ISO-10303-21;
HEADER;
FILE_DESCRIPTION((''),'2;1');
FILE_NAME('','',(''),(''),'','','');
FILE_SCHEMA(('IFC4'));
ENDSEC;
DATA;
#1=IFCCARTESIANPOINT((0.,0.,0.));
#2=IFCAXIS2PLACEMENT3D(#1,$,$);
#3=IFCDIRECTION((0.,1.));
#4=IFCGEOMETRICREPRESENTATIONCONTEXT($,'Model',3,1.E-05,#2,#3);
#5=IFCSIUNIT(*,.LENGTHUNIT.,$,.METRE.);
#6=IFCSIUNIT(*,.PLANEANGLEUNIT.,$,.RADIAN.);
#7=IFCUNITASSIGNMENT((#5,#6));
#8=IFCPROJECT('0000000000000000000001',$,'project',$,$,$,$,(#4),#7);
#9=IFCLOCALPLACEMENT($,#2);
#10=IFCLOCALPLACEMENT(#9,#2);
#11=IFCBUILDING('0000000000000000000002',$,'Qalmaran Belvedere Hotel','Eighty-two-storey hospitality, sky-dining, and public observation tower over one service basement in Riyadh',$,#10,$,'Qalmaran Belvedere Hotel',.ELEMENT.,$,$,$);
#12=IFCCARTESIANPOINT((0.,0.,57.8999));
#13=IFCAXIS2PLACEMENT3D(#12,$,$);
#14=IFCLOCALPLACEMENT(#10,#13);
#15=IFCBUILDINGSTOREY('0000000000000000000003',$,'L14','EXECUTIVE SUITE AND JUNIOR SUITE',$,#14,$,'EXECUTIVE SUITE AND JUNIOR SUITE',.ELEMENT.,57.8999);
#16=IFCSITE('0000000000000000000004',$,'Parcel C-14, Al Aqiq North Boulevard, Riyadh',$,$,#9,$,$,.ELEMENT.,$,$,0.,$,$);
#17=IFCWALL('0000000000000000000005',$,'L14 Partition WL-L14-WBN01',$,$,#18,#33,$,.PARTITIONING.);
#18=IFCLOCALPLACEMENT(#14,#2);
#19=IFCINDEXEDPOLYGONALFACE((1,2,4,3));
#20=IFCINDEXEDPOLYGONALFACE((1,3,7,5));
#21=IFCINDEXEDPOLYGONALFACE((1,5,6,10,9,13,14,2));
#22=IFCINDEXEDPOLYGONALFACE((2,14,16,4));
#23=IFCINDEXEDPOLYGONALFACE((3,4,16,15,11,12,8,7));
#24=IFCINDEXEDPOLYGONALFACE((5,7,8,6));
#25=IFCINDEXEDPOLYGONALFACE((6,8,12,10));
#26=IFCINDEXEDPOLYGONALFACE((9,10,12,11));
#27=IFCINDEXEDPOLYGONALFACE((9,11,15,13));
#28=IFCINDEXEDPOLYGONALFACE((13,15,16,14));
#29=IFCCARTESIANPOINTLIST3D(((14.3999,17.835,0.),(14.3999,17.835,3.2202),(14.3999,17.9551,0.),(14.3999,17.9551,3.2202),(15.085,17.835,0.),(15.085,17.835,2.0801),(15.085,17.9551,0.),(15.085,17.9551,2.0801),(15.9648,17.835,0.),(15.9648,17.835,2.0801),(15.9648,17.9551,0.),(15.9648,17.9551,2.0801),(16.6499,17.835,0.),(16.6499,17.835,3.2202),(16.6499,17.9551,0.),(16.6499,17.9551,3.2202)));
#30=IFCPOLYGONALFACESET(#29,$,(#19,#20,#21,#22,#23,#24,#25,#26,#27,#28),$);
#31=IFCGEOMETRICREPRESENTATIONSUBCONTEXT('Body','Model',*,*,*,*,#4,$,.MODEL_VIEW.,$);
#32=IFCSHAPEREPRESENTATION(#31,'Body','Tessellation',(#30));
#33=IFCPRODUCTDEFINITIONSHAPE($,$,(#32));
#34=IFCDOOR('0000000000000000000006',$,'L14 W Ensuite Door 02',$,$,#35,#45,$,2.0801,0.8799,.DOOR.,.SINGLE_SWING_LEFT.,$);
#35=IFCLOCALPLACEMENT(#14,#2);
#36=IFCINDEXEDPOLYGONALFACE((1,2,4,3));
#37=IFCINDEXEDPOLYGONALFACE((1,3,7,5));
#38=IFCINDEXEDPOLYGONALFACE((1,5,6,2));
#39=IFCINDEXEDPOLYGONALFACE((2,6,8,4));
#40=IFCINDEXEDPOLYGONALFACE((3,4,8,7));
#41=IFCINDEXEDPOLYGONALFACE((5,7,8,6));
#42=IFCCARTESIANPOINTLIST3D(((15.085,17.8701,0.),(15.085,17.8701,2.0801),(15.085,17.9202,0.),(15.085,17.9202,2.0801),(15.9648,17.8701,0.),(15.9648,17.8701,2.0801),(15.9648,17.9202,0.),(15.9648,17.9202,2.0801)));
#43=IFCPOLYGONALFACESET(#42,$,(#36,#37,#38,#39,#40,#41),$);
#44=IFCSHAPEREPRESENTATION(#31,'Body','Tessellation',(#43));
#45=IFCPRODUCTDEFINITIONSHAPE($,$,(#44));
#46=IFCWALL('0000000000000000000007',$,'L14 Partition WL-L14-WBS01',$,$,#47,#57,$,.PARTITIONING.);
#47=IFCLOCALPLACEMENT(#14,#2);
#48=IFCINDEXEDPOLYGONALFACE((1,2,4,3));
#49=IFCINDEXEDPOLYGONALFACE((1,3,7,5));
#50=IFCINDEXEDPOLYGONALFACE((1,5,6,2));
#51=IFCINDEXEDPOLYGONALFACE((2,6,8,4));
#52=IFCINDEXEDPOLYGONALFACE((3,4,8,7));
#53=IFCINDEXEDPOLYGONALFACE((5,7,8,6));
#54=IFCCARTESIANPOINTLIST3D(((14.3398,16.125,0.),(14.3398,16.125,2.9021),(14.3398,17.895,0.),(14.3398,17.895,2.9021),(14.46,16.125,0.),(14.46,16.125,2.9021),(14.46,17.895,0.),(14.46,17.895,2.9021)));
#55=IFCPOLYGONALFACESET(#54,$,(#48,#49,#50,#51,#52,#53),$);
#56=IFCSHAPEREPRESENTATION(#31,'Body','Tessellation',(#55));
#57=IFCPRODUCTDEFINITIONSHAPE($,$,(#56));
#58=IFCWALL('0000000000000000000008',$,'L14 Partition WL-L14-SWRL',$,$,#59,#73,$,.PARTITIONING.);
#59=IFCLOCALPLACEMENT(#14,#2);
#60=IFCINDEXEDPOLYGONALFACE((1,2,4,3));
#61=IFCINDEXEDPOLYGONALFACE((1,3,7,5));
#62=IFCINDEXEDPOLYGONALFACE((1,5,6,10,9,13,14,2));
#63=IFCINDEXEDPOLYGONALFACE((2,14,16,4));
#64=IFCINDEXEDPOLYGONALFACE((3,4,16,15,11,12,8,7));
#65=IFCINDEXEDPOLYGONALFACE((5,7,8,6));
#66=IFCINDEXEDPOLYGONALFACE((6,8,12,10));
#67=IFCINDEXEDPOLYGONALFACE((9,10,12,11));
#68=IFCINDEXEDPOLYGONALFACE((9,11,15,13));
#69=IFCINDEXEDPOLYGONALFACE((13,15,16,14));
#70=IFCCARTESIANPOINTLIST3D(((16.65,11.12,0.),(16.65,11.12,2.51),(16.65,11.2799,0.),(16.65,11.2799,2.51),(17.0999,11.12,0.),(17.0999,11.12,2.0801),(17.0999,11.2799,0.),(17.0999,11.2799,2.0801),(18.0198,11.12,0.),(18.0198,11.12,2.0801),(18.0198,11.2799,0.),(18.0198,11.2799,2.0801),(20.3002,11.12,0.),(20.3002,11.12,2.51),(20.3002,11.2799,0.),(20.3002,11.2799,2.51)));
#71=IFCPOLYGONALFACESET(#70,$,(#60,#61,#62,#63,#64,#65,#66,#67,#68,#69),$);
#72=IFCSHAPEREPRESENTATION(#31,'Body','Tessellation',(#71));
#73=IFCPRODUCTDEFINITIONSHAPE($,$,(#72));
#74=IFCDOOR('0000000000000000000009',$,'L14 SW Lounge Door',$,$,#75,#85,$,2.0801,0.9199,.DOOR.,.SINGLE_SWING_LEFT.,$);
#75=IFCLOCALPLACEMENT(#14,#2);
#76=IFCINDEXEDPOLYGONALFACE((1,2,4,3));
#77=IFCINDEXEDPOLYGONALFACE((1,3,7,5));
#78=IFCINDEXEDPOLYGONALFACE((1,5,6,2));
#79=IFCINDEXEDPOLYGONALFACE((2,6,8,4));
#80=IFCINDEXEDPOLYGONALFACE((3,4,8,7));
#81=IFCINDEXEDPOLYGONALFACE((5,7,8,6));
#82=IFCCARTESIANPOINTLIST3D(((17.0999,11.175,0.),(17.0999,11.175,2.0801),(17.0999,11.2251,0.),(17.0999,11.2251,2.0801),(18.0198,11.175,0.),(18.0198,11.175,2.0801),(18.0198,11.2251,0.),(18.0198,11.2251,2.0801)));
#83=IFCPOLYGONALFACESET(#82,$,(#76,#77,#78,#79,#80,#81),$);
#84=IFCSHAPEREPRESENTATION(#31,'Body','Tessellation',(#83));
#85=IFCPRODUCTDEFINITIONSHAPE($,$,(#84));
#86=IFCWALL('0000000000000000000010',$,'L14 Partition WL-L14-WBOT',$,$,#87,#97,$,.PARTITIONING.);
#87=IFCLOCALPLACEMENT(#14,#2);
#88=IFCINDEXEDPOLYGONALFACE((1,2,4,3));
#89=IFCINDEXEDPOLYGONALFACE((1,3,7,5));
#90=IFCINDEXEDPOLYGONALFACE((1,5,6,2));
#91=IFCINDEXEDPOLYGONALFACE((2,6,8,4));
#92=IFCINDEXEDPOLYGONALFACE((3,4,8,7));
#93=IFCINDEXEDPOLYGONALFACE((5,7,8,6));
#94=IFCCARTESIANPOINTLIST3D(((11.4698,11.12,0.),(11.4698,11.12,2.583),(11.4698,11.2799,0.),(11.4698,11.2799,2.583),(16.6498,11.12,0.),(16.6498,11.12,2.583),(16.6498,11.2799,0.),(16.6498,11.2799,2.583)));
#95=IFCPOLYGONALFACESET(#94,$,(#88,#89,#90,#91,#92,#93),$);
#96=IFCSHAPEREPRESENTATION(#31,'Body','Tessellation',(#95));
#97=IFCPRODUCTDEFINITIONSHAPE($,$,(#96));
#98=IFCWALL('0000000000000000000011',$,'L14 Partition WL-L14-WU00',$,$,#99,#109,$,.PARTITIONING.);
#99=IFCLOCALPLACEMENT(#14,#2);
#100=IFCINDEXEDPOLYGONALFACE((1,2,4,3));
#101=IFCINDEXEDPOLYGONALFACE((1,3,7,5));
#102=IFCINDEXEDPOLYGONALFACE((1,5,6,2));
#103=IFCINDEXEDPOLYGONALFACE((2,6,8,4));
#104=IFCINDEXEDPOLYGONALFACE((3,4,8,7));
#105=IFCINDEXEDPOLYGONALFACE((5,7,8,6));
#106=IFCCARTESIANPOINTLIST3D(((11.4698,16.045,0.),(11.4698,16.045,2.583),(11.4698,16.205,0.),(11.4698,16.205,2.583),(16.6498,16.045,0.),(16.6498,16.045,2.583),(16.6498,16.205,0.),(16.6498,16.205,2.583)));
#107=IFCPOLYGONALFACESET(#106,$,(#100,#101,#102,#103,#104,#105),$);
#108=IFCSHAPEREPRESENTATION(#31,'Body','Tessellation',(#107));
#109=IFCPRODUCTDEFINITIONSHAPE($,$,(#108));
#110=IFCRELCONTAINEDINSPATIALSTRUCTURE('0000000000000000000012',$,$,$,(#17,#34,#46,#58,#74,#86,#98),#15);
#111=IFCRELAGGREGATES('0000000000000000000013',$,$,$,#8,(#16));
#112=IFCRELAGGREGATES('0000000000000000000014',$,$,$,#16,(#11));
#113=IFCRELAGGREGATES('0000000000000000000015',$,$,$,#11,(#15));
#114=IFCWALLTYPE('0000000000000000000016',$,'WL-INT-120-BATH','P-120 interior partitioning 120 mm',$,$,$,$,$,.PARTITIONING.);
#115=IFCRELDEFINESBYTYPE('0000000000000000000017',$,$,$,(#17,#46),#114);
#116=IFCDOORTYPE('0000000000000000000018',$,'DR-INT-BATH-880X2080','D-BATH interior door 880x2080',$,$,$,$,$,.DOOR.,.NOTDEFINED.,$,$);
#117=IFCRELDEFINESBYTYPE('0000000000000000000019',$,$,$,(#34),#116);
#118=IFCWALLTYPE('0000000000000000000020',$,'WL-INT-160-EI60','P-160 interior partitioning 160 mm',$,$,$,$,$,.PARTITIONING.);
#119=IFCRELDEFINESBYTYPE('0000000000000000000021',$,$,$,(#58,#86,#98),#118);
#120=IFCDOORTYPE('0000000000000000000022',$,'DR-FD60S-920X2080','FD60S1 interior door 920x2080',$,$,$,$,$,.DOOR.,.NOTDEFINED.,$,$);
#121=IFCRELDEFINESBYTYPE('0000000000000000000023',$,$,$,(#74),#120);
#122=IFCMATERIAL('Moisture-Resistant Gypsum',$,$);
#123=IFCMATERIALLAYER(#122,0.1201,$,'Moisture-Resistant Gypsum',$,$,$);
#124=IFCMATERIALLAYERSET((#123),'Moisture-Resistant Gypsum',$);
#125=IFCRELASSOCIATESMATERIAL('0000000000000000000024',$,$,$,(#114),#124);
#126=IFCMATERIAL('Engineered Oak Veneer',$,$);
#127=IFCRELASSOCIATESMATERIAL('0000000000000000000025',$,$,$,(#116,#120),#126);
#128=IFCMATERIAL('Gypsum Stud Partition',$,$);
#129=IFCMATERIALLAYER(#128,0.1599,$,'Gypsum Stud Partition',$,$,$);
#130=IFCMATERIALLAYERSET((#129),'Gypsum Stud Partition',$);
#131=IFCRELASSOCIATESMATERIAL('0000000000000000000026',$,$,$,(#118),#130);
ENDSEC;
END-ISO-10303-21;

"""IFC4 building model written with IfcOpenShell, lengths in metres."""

from ifc_helpers import new_model, si_unit, direction, frame, frame_2d, origin, place, context, subcontext, project, spatial, rectangle, extrude, material, layer, layer_set, type_object, element, fill, save


model = new_model("IFC4")

# Units and contexts
model_context = context("Model", 3, precision=1e-05, world=origin(), true_north=direction((0.0, 1.0)))
body_context = subcontext(model_context, "Body", "Model", "MODEL_VIEW")
ifc_project = project(units=[si_unit("LENGTHUNIT", "METRE"), si_unit("PLANEANGLEUNIT", "RADIAN")], contexts=[model_context])

# Site, building, storey
site_placement = place(None, origin())
site = spatial("IfcSite", under=ifc_project, at=site_placement, Name="Parcel C-14, Al Aqiq North Boulevard, Riyadh", CompositionType="ELEMENT", RefElevation=0.0)
building_placement = place(site_placement, origin())
building = spatial("IfcBuilding", under=site, at=building_placement, Name="Qalmaran Belvedere Hotel", Description="Eighty-two-storey hospitality, sky-dining, and public observation tower over one service basement in Riyadh", LongName="Qalmaran Belvedere Hotel", CompositionType="ELEMENT")
storey_placement = place(building_placement, frame((0.0, 0.0, 57.8999)))
storey = spatial("IfcBuildingStorey", under=building, at=storey_placement, Name="L14", Description="EXECUTIVE SUITE AND JUNIOR SUITE", LongName="EXECUTIVE SUITE AND JUNIOR SUITE", CompositionType="ELEMENT", Elevation=57.8999)

# Shared definitions
ifc_material_1 = material(Name="Moisture-Resistant Gypsum")
ifc_layer_1 = layer(ifc_material_1, 0.1201, Name="Moisture-Resistant Gypsum")
ifc_layer_set_1 = layer_set([ifc_layer_1], Name="Moisture-Resistant Gypsum")
wall_type_1 = type_object("IfcWallType", Name="WL-INT-120-BATH", Description="P-120 interior partitioning 120 mm", PredefinedType="PARTITIONING", material=ifc_layer_set_1)
ifc_material_2 = material(Name="Engineered Oak Veneer")
door_type_1 = type_object("IfcDoorType", Name="DR-INT-BATH-880X2080", Description="D-BATH interior door 880x2080", OperationType="NOTDEFINED", PredefinedType="DOOR", material=ifc_material_2)

# Wall, opening, door
wall_1_placement = place(storey_placement, frame((14.3999, 17.895, 0.0), z_axis=(0.0, 0.0, 1.0), x_axis=(1.0, 0.0, 0.0)))
wall_1 = element("IfcWall", 1, at=wall_1_placement, inside=storey, type_object=wall_type_1, Name="L14 Partition WL-L14-WBN01", PredefinedType="PARTITIONING", context=body_context, shape_type="SweptSolid", body=[
    extrude(rectangle(XDim=2.25, YDim=0.1201, at=frame_2d((1.125, 0.0))), origin(), (0.0, 0.0, 1.0), 3.2202),
])
opening_1_placement = place(wall_1_placement, frame((1.5649, 0.0, 0.0), z_axis=(0.0, 0.0, 1.0), x_axis=(-1.0, 0.0, 0.0)))
opening_1 = element("IfcOpeningElement", 2, at=opening_1_placement, cuts=wall_1, PredefinedType="OPENING", context=body_context, shape_type="SweptSolid", body=[
    extrude(rectangle(XDim=0.8799, YDim=2.0801, at=frame_2d((0.4399, 1.04))), frame((0.0, 0.0701, 0.0), z_axis=(0.0, -1.0, 0.0), x_axis=(1.0, 0.0, 0.0)), (0.0, 0.0, 1.0), 0.1401),
])
door_1_placement = place(opening_1_placement, origin())
door_1 = element("IfcDoor", 3, at=door_1_placement, inside=storey, type_object=door_type_1, Name="L14 W Ensuite Door 02", OperationType="SINGLE_SWING_LEFT", OverallHeight=2.0801, OverallWidth=0.8799, PredefinedType="DOOR", context=body_context, shape_type="SweptSolid", body=[
    extrude(rectangle(XDim=0.8799, YDim=2.0801, at=frame_2d((0.4399, 1.04))), frame((0.0, 0.0249, 0.0), z_axis=(0.0, -1.0, 0.0), x_axis=(1.0, 0.0, 0.0)), (0.0, 0.0, 1.0), 0.05),
])
fill(opening_1, door_1)

# Wall
wall_2_placement = place(storey_placement, frame((14.3999, 16.125, 0.0), z_axis=(0.0, 0.0, 1.0), x_axis=(0.0, 1.0, 0.0)))
element("IfcWall", 4, at=wall_2_placement, inside=storey, type_object=wall_type_1, Name="L14 Partition WL-L14-WBS01", PredefinedType="PARTITIONING", context=body_context, shape_type="SweptSolid", body=[
    extrude(rectangle(XDim=1.77, YDim=0.1201, at=frame_2d((0.885, 0.0))), origin(), (0.0, 0.0, 1.0), 2.9021),
])

# Wall, opening, door
ifc_material_3 = material(Name="Gypsum Stud Partition")
ifc_layer_2 = layer(ifc_material_3, 0.1599, Name="Gypsum Stud Partition")
ifc_layer_set_2 = layer_set([ifc_layer_2], Name="Gypsum Stud Partition")
wall_type_2 = type_object("IfcWallType", Name="WL-INT-160-EI60", Description="P-160 interior partitioning 160 mm", PredefinedType="PARTITIONING", material=ifc_layer_set_2)
wall_3_placement = place(storey_placement, frame((16.6499, 11.2, 0.0), z_axis=(0.0, 0.0, 1.0), x_axis=(1.0, 0.0, 0.0)))
wall_3 = element("IfcWall", 5, at=wall_3_placement, inside=storey, type_object=wall_type_2, Name="L14 Partition WL-L14-SWRL", PredefinedType="PARTITIONING", context=body_context, shape_type="SweptSolid", body=[
    extrude(rectangle(XDim=3.6501, YDim=0.1599, at=frame_2d((1.8252, 0.0))), origin(), (0.0, 0.0, 1.0), 2.51),
])
opening_2_placement = place(wall_3_placement, frame((1.3699, 0.0, 0.0), z_axis=(0.0, 0.0, 1.0), x_axis=(-1.0, 0.0, 0.0)))
opening_2 = element("IfcOpeningElement", 6, at=opening_2_placement, cuts=wall_3, PredefinedType="OPENING", context=body_context, shape_type="SweptSolid", body=[
    extrude(rectangle(XDim=0.9199, YDim=2.0801, at=frame_2d((0.46, 1.04))), frame((0.0, 0.0898, 0.0), z_axis=(0.0, -1.0, 0.0), x_axis=(1.0, 0.0, 0.0)), (0.0, 0.0, 1.0), 0.1799),
])
door_type_2 = type_object("IfcDoorType", Name="DR-FD60S-920X2080", Description="FD60S1 interior door 920x2080", OperationType="NOTDEFINED", PredefinedType="DOOR", material=ifc_material_2)
door_2_placement = place(opening_2_placement, origin())
door_2 = element("IfcDoor", 7, at=door_2_placement, inside=storey, type_object=door_type_2, Name="L14 SW Lounge Door", OperationType="SINGLE_SWING_LEFT", OverallHeight=2.0801, OverallWidth=0.9199, PredefinedType="DOOR", context=body_context, shape_type="SweptSolid", body=[
    extrude(rectangle(XDim=0.9199, YDim=2.0801, at=frame_2d((0.46, 1.04))), frame((0.0, 0.0249, 0.0), z_axis=(0.0, -1.0, 0.0), x_axis=(1.0, 0.0, 0.0)), (0.0, 0.0, 1.0), 0.05),
])
fill(opening_2, door_2)

# Walls
for number, where, z_axis, x_axis, name in (
    (8, (11.47, 11.2, 0.0), (0.0, 0.0, 1.0), (1.0, 0.0, 0.0), "L14 Partition WL-L14-WBOT"),
    (9, (11.47, 16.125, 0.0), (0.0, 0.0, 1.0), (1.0, 0.0, 0.0), "L14 Partition WL-L14-WU00"),
):
    element("IfcWall", number, at=place(storey_placement, frame(where, z_axis=z_axis, x_axis=x_axis)), inside=storey, type_object=wall_type_2, Name=name, PredefinedType="PARTITIONING", context=body_context, shape_type="SweptSolid", body=[
        extrude(rectangle(XDim=5.1799, YDim=0.1599, at=frame_2d((2.5898, 0.0))), origin(), (0.0, 0.0, 1.0), 2.583),
    ])

save(model, "model.ifc")
